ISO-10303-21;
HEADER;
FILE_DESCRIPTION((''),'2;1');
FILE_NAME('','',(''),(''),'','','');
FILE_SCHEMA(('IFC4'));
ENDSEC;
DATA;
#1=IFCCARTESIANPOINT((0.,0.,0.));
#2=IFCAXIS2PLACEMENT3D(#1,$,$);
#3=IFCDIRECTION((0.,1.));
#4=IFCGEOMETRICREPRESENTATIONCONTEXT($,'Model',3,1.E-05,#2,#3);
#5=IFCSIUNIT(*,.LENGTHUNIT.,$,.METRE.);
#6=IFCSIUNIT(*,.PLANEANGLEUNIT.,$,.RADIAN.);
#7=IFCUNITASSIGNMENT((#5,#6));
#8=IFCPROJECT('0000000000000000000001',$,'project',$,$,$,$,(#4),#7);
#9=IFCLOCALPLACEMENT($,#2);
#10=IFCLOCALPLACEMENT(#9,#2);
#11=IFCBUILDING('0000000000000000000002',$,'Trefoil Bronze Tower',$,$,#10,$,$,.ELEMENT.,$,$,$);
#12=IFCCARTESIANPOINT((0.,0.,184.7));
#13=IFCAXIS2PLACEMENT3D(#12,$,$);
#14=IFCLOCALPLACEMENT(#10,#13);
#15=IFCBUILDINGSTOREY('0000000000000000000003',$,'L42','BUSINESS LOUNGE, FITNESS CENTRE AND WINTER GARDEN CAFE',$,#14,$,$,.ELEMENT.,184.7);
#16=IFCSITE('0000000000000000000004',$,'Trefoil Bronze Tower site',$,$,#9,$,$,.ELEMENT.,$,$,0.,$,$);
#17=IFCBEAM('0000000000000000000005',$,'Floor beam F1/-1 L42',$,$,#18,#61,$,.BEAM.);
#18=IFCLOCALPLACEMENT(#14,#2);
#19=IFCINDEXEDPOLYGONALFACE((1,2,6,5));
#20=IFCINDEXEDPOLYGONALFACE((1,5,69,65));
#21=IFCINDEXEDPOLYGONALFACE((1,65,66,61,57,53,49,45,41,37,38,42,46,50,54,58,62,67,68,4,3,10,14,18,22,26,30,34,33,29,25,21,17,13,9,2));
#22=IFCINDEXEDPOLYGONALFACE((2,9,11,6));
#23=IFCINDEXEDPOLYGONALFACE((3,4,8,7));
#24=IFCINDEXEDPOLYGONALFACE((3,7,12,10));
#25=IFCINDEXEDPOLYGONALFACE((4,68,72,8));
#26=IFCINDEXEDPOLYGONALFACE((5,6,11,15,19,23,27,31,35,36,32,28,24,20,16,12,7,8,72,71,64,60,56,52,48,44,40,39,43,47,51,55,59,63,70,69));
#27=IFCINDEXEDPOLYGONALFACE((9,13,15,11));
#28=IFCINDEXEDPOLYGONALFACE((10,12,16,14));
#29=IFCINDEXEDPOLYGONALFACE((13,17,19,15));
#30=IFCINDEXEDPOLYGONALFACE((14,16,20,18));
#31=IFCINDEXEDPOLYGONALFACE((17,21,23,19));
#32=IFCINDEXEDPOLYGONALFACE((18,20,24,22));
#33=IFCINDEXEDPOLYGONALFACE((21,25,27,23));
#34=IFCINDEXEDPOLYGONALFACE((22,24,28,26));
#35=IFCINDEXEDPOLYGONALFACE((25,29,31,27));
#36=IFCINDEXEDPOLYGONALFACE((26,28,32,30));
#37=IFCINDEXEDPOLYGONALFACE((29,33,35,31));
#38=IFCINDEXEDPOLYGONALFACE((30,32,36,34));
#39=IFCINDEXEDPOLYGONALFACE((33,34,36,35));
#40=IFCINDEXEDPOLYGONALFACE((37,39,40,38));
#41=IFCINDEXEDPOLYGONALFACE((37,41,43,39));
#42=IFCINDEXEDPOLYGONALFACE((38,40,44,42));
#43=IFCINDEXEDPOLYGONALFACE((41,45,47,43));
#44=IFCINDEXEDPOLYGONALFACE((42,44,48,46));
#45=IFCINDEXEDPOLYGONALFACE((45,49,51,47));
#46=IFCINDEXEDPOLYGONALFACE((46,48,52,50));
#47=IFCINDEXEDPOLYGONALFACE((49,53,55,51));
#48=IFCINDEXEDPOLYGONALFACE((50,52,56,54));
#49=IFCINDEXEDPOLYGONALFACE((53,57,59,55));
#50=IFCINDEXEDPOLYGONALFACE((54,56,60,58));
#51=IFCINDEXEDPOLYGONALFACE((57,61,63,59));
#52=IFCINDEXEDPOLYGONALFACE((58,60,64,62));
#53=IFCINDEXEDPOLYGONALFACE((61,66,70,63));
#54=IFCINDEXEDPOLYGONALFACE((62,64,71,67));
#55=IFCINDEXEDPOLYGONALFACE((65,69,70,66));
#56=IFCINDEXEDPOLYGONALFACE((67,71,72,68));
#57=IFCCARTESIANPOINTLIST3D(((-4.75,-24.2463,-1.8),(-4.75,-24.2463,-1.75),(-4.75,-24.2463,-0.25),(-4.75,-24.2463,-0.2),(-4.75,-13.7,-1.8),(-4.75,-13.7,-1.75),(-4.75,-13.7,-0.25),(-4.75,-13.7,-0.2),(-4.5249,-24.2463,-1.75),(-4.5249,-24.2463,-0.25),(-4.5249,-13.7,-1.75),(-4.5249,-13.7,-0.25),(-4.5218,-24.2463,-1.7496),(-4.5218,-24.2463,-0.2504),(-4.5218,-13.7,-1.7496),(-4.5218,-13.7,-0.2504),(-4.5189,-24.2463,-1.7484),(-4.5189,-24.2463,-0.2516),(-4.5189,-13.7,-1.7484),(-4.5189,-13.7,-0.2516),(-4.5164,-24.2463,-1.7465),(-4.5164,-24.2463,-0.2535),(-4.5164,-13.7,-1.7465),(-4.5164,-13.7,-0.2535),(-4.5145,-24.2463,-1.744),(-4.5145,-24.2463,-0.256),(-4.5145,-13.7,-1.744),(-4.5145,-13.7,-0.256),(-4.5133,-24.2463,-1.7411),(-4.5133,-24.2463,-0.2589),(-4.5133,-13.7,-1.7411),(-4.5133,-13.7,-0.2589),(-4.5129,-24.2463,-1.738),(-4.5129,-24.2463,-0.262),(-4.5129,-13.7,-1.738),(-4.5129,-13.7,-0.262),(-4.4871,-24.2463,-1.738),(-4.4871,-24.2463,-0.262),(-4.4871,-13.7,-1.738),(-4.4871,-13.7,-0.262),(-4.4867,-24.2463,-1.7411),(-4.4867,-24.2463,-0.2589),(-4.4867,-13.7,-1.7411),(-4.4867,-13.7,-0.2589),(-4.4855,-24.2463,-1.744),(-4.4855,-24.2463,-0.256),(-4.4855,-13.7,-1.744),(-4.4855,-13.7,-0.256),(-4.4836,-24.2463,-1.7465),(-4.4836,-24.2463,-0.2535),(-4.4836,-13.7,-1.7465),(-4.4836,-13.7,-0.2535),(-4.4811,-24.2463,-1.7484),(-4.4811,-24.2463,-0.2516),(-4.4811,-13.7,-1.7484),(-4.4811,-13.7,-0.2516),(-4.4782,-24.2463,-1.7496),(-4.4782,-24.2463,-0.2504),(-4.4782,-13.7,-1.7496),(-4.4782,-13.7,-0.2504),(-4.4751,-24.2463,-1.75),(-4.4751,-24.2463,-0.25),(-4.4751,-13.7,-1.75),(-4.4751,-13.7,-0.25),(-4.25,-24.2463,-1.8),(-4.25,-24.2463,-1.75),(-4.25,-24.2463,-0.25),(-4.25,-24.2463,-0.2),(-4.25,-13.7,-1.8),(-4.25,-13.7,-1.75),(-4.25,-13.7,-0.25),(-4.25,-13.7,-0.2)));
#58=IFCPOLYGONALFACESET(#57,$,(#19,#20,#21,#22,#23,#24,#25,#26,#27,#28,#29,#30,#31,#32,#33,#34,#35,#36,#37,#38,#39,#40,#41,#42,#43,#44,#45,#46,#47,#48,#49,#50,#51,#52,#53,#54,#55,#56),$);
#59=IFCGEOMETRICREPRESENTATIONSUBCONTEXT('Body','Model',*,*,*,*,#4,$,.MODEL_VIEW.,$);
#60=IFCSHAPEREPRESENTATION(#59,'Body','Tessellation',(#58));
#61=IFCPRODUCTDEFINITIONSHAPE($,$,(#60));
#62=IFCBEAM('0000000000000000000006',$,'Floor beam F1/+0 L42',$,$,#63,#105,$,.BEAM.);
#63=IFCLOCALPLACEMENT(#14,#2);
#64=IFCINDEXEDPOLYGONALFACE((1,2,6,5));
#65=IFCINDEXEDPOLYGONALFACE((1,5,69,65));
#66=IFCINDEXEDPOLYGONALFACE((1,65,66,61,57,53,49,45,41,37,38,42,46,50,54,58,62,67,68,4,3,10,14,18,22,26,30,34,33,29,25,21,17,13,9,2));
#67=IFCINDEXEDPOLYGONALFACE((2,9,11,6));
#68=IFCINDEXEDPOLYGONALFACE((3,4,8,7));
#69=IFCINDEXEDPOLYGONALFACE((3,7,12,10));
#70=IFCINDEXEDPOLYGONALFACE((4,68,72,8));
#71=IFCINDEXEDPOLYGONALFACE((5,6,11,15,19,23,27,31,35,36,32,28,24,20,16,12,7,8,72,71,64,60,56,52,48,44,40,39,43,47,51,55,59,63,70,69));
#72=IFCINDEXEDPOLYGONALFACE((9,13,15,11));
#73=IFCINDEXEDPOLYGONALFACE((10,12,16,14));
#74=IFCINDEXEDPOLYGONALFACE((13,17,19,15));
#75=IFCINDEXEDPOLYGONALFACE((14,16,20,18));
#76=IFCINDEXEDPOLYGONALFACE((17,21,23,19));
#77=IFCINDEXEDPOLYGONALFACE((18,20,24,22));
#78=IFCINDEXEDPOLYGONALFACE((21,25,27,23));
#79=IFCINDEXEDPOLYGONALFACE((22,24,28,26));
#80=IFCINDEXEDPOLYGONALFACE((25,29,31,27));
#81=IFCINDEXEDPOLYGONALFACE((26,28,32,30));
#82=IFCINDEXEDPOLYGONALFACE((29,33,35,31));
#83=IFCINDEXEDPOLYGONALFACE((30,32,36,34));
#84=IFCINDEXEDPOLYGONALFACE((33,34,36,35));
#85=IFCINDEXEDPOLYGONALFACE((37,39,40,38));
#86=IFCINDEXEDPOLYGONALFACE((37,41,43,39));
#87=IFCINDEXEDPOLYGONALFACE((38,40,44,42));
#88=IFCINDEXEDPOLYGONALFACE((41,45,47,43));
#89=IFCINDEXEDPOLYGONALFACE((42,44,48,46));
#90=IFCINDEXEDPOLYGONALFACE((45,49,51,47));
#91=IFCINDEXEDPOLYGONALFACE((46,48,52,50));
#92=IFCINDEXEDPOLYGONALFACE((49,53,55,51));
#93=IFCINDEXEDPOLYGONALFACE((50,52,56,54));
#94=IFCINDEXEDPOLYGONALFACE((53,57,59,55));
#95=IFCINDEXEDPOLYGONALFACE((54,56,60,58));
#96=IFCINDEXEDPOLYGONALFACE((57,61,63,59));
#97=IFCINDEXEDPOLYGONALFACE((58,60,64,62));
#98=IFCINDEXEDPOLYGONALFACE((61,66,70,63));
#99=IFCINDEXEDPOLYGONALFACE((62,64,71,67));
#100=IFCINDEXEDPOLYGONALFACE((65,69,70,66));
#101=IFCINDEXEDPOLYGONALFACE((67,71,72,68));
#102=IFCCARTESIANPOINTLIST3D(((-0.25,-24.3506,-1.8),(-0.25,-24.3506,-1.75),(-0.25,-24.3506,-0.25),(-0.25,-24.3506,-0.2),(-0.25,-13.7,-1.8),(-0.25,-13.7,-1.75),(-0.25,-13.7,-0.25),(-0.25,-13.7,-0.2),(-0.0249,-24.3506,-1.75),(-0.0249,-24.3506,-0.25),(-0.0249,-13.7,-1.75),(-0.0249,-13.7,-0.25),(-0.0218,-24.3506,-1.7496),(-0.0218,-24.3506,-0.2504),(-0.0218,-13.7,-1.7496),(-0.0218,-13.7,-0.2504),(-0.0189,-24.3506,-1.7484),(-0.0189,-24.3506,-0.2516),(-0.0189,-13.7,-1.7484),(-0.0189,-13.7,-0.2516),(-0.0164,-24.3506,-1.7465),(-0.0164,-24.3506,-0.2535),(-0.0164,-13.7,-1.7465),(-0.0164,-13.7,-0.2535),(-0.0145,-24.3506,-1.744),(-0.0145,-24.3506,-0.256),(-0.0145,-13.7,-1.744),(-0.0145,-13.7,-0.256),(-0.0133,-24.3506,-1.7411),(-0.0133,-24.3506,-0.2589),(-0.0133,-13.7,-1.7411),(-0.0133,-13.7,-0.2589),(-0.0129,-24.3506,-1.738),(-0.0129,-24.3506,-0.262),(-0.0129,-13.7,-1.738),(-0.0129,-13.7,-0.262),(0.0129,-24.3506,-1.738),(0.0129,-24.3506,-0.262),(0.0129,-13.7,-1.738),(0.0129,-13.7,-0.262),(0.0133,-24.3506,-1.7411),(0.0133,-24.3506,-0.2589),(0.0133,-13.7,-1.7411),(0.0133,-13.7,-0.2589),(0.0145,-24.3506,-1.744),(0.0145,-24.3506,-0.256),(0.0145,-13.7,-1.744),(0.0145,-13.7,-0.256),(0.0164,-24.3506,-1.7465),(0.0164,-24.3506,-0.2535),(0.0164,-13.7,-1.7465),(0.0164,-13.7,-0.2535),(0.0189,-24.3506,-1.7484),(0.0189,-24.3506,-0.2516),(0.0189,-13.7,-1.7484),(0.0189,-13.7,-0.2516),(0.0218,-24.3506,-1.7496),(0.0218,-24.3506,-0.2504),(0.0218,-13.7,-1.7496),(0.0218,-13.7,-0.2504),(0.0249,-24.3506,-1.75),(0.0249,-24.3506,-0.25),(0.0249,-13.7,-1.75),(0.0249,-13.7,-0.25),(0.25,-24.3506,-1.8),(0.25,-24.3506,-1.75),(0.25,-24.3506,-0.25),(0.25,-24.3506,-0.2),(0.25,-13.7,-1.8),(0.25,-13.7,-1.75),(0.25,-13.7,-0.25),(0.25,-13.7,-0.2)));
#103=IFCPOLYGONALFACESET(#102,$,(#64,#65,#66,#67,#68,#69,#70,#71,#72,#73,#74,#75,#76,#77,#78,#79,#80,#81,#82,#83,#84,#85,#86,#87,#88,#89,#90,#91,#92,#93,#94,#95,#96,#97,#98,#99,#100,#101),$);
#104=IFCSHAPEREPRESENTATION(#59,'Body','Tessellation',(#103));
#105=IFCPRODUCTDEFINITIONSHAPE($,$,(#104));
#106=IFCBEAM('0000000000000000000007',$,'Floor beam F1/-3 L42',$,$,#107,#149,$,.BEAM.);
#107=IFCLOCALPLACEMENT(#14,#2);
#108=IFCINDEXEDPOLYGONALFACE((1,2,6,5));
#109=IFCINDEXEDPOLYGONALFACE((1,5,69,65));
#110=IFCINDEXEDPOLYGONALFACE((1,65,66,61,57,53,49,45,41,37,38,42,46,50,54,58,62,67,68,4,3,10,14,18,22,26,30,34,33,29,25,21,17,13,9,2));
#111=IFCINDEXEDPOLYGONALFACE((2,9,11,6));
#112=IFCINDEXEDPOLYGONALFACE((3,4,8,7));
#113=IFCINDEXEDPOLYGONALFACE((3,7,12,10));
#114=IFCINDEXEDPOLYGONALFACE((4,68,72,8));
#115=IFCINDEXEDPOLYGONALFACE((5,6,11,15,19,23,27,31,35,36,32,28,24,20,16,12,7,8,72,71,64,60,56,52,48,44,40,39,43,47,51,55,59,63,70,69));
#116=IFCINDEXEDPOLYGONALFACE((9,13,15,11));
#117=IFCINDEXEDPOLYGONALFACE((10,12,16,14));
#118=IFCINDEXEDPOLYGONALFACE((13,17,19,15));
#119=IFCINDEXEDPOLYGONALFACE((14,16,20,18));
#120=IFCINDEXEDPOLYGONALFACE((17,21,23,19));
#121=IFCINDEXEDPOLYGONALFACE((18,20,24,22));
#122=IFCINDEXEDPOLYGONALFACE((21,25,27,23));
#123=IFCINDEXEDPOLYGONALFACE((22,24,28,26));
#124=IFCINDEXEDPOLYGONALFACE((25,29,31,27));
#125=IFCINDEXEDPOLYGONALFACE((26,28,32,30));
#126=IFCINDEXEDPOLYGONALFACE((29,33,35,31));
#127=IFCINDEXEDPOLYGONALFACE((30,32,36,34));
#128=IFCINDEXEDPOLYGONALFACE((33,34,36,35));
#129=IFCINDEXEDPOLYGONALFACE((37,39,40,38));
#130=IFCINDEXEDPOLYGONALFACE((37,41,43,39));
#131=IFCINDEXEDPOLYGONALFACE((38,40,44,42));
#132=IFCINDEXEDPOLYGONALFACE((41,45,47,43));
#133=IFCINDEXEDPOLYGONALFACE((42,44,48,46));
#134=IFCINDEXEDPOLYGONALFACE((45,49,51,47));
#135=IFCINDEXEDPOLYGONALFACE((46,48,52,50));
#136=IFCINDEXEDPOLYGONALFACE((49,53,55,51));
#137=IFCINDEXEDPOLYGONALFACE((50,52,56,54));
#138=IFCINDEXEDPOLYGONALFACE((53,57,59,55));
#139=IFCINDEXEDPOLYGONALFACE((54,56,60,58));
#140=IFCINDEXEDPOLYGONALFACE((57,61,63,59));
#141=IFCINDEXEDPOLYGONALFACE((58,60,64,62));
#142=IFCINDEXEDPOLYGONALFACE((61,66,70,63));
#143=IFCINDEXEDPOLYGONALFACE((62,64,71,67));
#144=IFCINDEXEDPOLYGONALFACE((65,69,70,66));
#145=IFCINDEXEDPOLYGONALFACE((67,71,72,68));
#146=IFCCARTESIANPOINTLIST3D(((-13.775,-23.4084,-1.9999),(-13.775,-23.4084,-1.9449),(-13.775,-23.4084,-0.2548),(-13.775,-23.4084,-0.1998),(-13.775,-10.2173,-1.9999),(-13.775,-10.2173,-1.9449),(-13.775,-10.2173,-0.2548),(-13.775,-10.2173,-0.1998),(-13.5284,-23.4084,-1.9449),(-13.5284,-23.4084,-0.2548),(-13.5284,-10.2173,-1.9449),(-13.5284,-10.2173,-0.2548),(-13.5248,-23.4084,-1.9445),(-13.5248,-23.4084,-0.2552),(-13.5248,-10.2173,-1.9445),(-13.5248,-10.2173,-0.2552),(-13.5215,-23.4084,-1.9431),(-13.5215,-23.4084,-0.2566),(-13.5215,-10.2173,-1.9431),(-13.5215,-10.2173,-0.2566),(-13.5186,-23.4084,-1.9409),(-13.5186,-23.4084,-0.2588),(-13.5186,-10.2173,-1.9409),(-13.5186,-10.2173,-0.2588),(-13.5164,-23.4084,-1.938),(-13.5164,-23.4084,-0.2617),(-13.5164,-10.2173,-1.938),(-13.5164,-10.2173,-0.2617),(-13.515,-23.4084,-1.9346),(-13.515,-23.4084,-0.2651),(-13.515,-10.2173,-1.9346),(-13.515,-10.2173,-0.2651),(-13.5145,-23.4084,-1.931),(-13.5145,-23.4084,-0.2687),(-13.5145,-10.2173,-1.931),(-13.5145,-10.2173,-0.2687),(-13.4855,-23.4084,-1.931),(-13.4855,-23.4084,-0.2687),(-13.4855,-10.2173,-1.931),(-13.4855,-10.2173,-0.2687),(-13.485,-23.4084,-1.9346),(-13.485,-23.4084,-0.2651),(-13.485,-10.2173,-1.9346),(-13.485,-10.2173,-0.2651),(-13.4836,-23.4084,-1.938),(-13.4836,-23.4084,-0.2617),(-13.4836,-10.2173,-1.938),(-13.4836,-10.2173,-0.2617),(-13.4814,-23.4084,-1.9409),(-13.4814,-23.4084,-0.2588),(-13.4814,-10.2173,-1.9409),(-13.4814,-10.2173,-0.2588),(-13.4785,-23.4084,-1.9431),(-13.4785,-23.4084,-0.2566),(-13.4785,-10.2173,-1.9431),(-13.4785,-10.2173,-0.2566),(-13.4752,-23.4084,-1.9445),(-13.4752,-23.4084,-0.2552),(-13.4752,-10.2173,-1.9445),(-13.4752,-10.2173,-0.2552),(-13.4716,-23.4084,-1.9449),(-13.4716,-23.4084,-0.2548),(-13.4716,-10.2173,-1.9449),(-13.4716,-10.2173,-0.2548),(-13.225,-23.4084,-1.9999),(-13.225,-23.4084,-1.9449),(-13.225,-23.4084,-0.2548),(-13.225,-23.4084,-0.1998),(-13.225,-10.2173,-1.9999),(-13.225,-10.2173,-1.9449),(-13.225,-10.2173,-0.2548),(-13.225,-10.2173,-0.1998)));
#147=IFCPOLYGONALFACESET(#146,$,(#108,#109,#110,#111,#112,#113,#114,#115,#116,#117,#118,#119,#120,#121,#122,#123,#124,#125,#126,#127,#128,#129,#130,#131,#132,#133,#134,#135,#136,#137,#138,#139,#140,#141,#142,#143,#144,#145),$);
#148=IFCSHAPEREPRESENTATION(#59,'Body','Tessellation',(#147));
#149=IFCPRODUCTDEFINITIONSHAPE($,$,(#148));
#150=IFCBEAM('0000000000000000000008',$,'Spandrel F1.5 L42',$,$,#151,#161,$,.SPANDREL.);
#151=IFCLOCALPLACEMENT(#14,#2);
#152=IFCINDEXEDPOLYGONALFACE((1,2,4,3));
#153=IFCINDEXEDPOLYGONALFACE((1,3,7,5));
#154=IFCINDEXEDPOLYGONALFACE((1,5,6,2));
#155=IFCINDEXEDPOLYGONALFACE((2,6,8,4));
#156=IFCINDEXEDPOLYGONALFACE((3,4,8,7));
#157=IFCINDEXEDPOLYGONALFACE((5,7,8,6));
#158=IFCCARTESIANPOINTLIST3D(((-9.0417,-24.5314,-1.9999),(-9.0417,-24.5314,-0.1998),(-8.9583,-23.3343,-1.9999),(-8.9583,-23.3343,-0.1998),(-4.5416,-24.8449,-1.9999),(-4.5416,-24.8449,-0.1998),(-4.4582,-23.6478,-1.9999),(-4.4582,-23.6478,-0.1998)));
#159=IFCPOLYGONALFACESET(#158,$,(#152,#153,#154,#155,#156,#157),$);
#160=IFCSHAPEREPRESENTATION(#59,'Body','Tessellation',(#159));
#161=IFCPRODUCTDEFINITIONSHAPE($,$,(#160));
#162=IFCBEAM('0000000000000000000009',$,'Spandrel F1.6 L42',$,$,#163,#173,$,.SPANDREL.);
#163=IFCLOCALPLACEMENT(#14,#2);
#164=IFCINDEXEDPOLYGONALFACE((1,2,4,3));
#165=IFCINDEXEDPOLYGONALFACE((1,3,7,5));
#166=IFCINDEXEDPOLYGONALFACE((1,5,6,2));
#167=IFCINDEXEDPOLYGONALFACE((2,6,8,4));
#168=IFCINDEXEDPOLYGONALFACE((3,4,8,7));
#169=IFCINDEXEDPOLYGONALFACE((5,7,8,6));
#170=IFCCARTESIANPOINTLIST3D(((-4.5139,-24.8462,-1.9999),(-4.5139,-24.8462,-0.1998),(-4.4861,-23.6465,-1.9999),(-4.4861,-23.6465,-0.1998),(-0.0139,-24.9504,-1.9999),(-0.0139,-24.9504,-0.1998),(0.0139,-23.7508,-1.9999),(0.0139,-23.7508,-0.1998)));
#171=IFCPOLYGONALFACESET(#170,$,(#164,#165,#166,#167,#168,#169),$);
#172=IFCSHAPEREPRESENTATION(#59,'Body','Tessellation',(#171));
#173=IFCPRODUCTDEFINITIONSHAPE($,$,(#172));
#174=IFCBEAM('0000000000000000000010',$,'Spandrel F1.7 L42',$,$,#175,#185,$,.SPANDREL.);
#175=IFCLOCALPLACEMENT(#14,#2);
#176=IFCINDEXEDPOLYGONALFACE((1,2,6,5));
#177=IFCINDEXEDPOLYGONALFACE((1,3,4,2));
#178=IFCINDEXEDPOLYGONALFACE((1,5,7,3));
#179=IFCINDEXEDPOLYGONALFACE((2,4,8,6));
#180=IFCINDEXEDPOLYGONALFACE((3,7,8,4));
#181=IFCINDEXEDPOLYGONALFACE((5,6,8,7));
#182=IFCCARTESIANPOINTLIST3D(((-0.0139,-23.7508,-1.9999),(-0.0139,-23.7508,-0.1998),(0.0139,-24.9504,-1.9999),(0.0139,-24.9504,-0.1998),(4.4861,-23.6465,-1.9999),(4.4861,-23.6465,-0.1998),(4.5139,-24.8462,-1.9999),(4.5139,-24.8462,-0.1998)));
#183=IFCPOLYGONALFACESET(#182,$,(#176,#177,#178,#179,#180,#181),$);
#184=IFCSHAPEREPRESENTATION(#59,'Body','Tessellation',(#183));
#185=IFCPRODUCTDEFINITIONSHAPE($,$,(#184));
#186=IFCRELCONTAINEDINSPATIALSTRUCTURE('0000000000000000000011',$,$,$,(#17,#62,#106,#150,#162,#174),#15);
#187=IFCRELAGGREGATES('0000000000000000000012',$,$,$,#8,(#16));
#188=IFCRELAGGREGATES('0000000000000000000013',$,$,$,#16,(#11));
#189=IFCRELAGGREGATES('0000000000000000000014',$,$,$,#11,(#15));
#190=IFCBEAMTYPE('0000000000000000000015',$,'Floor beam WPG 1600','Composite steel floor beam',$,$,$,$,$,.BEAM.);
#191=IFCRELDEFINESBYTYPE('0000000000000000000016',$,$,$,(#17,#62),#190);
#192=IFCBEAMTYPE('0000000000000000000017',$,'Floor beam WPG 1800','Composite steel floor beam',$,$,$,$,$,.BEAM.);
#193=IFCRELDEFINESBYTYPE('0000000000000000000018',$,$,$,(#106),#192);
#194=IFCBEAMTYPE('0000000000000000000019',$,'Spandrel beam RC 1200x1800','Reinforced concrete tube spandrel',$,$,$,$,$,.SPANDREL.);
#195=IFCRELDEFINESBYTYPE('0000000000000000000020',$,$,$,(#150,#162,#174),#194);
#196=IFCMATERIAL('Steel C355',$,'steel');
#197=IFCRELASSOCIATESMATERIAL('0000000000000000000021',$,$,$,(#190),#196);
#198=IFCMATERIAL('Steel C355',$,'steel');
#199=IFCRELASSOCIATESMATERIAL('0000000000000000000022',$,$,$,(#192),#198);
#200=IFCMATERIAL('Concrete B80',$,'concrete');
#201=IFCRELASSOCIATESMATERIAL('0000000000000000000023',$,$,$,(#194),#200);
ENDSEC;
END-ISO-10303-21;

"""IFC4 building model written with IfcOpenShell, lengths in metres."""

from ifc_helpers import new_model, si_unit, direction, frame, origin, origin_2d, place, context, subcontext, project, spatial, rectangle, i_section, extrude, material, material_profile, profile_set, type_object, element, save


model = new_model("IFC4")

# Units and contexts
model_context = context("Model", 3, precision=1e-05, world=origin(), true_north=direction((0.0, 1.0)))
body_context = subcontext(model_context, "Body", "Model", "MODEL_VIEW")
ifc_project = project(units=[si_unit("LENGTHUNIT", "METRE"), si_unit("PLANEANGLEUNIT", "RADIAN")], contexts=[model_context])

# Site, building, storey
site_placement = place(None, origin())
site = spatial("IfcSite", under=ifc_project, at=site_placement, Name="Trefoil Bronze Tower site", CompositionType="ELEMENT", RefElevation=0.0)
building_placement = place(site_placement, origin())
building = spatial("IfcBuilding", under=site, at=building_placement, Name="Trefoil Bronze Tower", CompositionType="ELEMENT")
storey_placement = place(building_placement, frame((0.0, 0.0, 184.7)))
storey = spatial("IfcBuildingStorey", under=building, at=storey_placement, Name="L42", Description="BUSINESS LOUNGE, FITNESS CENTRE AND WINTER GARDEN CAFE", CompositionType="ELEMENT", Elevation=184.7)

# Beams
ifc_material_1 = material(Name="Steel C355", Category="steel")
ifc_material_profile_1 = material_profile(ifc_material_1, i_section(OverallWidth=0.5, OverallDepth=1.6001, WebThickness=0.0259, FlangeThickness=0.05, FilletRadius=0.012, at=origin_2d()), Name="WPG 1600")
ifc_profile_set_1 = profile_set([ifc_material_profile_1], Name="Steel C355")
beam_type_1 = type_object("IfcBeamType", Name="Floor beam WPG 1600", Description="Composite steel floor beam", PredefinedType="BEAM", material=ifc_profile_set_1)
beam_1_placement = place(storey_placement, frame((-4.5, -24.2463, -1.0), z_axis=(0.0, 1.0, 0.0), x_axis=(-1.0, 0.0, 0.0)))
element("IfcBeam", 1, at=beam_1_placement, inside=storey, type_object=beam_type_1, Name="Floor beam F1/-1 L42", PredefinedType="BEAM", context=body_context, shape_type="SweptSolid", body=[
    extrude(i_section(OverallWidth=0.5, OverallDepth=1.6001, WebThickness=0.0259, FlangeThickness=0.05, FilletRadius=0.012, at=origin_2d()), origin(), (0.0, 0.0, 1.0), 10.5464),
])
beam_2_placement = place(storey_placement, frame((0.0, -24.3506, -1.0), z_axis=(0.0, 1.0, 0.0), x_axis=(-1.0, 0.0, 0.0)))
element("IfcBeam", 2, at=beam_2_placement, inside=storey, type_object=beam_type_1, Name="Floor beam F1/+0 L42", PredefinedType="BEAM", context=body_context, shape_type="SweptSolid", body=[
    extrude(i_section(OverallWidth=0.5, OverallDepth=1.6001, WebThickness=0.0259, FlangeThickness=0.05, FilletRadius=0.012, at=origin_2d()), origin(), (0.0, 0.0, 1.0), 10.6506),
])
ifc_material_2 = material(Name="Steel C355", Category="steel")
ifc_material_profile_2 = material_profile(ifc_material_2, i_section(OverallWidth=0.55, OverallDepth=1.8, WebThickness=0.0291, FlangeThickness=0.0549, FilletRadius=0.0139, at=origin_2d()), Name="WPG 1800")
ifc_profile_set_2 = profile_set([ifc_material_profile_2], Name="Steel C355")
beam_type_2 = type_object("IfcBeamType", Name="Floor beam WPG 1800", Description="Composite steel floor beam", PredefinedType="BEAM", material=ifc_profile_set_2)
beam_3_placement = place(storey_placement, frame((-13.5, -23.4084, -1.0999), z_axis=(0.0, 1.0, 0.0), x_axis=(-1.0, 0.0, 0.0)))
element("IfcBeam", 3, at=beam_3_placement, inside=storey, type_object=beam_type_2, Name="Floor beam F1/-3 L42", PredefinedType="BEAM", context=body_context, shape_type="SweptSolid", body=[
    extrude(i_section(OverallWidth=0.55, OverallDepth=1.8, WebThickness=0.0291, FlangeThickness=0.0549, FilletRadius=0.0139, at=origin_2d()), origin(), (0.0, 0.0, 1.0), 13.1912),
])
ifc_material_3 = material(Name="Concrete B80", Category="concrete")
ifc_material_profile_3 = material_profile(ifc_material_3, rectangle(XDim=1.2, YDim=1.8, at=origin_2d()), Name="RC 1200x1800")
ifc_profile_set_3 = profile_set([ifc_material_profile_3], Name="Concrete B80")
beam_type_3 = type_object("IfcBeamType", Name="Spandrel beam RC 1200x1800", Description="Reinforced concrete tube spandrel", PredefinedType="SPANDREL", material=ifc_profile_set_3)
beam_4_placement = place(storey_placement, frame((-9.0, -23.9329, -1.0999), z_axis=(0.997582, -0.069493, 0.0), x_axis=(0.069493, 0.997582, 0.0)))
element("IfcBeam", 4, at=beam_4_placement, inside=storey, type_object=beam_type_3, Name="Spandrel F1.5 L42", PredefinedType="SPANDREL", context=body_context, shape_type="SweptSolid", body=[
    extrude(rectangle(XDim=1.2, YDim=1.8, at=origin_2d()), origin(), (0.0, 0.0, 1.0), 4.511),
])
for number, where, z_axis, x_axis, name in (
    (5, (-4.5, -24.2463, -1.0999), (0.999732, -0.02316, 0.0), (0.02316, 0.999732, 0.0), "Spandrel F1.6 L42"),
    (6, (0.0, -24.3506, -1.0999), (0.999732, 0.02316, 0.0), (-0.02316, 0.999732, 0.0), "Spandrel F1.7 L42"),
):
    element("IfcBeam", number, at=place(storey_placement, frame(where, z_axis=z_axis, x_axis=x_axis)), inside=storey, type_object=beam_type_3, Name=name, PredefinedType="SPANDREL", context=body_context, shape_type="SweptSolid", body=[
        extrude(rectangle(XDim=1.2, YDim=1.8, at=origin_2d()), origin(), (0.0, 0.0, 1.0), 4.5012),
    ])

save(model, "model.ifc")
